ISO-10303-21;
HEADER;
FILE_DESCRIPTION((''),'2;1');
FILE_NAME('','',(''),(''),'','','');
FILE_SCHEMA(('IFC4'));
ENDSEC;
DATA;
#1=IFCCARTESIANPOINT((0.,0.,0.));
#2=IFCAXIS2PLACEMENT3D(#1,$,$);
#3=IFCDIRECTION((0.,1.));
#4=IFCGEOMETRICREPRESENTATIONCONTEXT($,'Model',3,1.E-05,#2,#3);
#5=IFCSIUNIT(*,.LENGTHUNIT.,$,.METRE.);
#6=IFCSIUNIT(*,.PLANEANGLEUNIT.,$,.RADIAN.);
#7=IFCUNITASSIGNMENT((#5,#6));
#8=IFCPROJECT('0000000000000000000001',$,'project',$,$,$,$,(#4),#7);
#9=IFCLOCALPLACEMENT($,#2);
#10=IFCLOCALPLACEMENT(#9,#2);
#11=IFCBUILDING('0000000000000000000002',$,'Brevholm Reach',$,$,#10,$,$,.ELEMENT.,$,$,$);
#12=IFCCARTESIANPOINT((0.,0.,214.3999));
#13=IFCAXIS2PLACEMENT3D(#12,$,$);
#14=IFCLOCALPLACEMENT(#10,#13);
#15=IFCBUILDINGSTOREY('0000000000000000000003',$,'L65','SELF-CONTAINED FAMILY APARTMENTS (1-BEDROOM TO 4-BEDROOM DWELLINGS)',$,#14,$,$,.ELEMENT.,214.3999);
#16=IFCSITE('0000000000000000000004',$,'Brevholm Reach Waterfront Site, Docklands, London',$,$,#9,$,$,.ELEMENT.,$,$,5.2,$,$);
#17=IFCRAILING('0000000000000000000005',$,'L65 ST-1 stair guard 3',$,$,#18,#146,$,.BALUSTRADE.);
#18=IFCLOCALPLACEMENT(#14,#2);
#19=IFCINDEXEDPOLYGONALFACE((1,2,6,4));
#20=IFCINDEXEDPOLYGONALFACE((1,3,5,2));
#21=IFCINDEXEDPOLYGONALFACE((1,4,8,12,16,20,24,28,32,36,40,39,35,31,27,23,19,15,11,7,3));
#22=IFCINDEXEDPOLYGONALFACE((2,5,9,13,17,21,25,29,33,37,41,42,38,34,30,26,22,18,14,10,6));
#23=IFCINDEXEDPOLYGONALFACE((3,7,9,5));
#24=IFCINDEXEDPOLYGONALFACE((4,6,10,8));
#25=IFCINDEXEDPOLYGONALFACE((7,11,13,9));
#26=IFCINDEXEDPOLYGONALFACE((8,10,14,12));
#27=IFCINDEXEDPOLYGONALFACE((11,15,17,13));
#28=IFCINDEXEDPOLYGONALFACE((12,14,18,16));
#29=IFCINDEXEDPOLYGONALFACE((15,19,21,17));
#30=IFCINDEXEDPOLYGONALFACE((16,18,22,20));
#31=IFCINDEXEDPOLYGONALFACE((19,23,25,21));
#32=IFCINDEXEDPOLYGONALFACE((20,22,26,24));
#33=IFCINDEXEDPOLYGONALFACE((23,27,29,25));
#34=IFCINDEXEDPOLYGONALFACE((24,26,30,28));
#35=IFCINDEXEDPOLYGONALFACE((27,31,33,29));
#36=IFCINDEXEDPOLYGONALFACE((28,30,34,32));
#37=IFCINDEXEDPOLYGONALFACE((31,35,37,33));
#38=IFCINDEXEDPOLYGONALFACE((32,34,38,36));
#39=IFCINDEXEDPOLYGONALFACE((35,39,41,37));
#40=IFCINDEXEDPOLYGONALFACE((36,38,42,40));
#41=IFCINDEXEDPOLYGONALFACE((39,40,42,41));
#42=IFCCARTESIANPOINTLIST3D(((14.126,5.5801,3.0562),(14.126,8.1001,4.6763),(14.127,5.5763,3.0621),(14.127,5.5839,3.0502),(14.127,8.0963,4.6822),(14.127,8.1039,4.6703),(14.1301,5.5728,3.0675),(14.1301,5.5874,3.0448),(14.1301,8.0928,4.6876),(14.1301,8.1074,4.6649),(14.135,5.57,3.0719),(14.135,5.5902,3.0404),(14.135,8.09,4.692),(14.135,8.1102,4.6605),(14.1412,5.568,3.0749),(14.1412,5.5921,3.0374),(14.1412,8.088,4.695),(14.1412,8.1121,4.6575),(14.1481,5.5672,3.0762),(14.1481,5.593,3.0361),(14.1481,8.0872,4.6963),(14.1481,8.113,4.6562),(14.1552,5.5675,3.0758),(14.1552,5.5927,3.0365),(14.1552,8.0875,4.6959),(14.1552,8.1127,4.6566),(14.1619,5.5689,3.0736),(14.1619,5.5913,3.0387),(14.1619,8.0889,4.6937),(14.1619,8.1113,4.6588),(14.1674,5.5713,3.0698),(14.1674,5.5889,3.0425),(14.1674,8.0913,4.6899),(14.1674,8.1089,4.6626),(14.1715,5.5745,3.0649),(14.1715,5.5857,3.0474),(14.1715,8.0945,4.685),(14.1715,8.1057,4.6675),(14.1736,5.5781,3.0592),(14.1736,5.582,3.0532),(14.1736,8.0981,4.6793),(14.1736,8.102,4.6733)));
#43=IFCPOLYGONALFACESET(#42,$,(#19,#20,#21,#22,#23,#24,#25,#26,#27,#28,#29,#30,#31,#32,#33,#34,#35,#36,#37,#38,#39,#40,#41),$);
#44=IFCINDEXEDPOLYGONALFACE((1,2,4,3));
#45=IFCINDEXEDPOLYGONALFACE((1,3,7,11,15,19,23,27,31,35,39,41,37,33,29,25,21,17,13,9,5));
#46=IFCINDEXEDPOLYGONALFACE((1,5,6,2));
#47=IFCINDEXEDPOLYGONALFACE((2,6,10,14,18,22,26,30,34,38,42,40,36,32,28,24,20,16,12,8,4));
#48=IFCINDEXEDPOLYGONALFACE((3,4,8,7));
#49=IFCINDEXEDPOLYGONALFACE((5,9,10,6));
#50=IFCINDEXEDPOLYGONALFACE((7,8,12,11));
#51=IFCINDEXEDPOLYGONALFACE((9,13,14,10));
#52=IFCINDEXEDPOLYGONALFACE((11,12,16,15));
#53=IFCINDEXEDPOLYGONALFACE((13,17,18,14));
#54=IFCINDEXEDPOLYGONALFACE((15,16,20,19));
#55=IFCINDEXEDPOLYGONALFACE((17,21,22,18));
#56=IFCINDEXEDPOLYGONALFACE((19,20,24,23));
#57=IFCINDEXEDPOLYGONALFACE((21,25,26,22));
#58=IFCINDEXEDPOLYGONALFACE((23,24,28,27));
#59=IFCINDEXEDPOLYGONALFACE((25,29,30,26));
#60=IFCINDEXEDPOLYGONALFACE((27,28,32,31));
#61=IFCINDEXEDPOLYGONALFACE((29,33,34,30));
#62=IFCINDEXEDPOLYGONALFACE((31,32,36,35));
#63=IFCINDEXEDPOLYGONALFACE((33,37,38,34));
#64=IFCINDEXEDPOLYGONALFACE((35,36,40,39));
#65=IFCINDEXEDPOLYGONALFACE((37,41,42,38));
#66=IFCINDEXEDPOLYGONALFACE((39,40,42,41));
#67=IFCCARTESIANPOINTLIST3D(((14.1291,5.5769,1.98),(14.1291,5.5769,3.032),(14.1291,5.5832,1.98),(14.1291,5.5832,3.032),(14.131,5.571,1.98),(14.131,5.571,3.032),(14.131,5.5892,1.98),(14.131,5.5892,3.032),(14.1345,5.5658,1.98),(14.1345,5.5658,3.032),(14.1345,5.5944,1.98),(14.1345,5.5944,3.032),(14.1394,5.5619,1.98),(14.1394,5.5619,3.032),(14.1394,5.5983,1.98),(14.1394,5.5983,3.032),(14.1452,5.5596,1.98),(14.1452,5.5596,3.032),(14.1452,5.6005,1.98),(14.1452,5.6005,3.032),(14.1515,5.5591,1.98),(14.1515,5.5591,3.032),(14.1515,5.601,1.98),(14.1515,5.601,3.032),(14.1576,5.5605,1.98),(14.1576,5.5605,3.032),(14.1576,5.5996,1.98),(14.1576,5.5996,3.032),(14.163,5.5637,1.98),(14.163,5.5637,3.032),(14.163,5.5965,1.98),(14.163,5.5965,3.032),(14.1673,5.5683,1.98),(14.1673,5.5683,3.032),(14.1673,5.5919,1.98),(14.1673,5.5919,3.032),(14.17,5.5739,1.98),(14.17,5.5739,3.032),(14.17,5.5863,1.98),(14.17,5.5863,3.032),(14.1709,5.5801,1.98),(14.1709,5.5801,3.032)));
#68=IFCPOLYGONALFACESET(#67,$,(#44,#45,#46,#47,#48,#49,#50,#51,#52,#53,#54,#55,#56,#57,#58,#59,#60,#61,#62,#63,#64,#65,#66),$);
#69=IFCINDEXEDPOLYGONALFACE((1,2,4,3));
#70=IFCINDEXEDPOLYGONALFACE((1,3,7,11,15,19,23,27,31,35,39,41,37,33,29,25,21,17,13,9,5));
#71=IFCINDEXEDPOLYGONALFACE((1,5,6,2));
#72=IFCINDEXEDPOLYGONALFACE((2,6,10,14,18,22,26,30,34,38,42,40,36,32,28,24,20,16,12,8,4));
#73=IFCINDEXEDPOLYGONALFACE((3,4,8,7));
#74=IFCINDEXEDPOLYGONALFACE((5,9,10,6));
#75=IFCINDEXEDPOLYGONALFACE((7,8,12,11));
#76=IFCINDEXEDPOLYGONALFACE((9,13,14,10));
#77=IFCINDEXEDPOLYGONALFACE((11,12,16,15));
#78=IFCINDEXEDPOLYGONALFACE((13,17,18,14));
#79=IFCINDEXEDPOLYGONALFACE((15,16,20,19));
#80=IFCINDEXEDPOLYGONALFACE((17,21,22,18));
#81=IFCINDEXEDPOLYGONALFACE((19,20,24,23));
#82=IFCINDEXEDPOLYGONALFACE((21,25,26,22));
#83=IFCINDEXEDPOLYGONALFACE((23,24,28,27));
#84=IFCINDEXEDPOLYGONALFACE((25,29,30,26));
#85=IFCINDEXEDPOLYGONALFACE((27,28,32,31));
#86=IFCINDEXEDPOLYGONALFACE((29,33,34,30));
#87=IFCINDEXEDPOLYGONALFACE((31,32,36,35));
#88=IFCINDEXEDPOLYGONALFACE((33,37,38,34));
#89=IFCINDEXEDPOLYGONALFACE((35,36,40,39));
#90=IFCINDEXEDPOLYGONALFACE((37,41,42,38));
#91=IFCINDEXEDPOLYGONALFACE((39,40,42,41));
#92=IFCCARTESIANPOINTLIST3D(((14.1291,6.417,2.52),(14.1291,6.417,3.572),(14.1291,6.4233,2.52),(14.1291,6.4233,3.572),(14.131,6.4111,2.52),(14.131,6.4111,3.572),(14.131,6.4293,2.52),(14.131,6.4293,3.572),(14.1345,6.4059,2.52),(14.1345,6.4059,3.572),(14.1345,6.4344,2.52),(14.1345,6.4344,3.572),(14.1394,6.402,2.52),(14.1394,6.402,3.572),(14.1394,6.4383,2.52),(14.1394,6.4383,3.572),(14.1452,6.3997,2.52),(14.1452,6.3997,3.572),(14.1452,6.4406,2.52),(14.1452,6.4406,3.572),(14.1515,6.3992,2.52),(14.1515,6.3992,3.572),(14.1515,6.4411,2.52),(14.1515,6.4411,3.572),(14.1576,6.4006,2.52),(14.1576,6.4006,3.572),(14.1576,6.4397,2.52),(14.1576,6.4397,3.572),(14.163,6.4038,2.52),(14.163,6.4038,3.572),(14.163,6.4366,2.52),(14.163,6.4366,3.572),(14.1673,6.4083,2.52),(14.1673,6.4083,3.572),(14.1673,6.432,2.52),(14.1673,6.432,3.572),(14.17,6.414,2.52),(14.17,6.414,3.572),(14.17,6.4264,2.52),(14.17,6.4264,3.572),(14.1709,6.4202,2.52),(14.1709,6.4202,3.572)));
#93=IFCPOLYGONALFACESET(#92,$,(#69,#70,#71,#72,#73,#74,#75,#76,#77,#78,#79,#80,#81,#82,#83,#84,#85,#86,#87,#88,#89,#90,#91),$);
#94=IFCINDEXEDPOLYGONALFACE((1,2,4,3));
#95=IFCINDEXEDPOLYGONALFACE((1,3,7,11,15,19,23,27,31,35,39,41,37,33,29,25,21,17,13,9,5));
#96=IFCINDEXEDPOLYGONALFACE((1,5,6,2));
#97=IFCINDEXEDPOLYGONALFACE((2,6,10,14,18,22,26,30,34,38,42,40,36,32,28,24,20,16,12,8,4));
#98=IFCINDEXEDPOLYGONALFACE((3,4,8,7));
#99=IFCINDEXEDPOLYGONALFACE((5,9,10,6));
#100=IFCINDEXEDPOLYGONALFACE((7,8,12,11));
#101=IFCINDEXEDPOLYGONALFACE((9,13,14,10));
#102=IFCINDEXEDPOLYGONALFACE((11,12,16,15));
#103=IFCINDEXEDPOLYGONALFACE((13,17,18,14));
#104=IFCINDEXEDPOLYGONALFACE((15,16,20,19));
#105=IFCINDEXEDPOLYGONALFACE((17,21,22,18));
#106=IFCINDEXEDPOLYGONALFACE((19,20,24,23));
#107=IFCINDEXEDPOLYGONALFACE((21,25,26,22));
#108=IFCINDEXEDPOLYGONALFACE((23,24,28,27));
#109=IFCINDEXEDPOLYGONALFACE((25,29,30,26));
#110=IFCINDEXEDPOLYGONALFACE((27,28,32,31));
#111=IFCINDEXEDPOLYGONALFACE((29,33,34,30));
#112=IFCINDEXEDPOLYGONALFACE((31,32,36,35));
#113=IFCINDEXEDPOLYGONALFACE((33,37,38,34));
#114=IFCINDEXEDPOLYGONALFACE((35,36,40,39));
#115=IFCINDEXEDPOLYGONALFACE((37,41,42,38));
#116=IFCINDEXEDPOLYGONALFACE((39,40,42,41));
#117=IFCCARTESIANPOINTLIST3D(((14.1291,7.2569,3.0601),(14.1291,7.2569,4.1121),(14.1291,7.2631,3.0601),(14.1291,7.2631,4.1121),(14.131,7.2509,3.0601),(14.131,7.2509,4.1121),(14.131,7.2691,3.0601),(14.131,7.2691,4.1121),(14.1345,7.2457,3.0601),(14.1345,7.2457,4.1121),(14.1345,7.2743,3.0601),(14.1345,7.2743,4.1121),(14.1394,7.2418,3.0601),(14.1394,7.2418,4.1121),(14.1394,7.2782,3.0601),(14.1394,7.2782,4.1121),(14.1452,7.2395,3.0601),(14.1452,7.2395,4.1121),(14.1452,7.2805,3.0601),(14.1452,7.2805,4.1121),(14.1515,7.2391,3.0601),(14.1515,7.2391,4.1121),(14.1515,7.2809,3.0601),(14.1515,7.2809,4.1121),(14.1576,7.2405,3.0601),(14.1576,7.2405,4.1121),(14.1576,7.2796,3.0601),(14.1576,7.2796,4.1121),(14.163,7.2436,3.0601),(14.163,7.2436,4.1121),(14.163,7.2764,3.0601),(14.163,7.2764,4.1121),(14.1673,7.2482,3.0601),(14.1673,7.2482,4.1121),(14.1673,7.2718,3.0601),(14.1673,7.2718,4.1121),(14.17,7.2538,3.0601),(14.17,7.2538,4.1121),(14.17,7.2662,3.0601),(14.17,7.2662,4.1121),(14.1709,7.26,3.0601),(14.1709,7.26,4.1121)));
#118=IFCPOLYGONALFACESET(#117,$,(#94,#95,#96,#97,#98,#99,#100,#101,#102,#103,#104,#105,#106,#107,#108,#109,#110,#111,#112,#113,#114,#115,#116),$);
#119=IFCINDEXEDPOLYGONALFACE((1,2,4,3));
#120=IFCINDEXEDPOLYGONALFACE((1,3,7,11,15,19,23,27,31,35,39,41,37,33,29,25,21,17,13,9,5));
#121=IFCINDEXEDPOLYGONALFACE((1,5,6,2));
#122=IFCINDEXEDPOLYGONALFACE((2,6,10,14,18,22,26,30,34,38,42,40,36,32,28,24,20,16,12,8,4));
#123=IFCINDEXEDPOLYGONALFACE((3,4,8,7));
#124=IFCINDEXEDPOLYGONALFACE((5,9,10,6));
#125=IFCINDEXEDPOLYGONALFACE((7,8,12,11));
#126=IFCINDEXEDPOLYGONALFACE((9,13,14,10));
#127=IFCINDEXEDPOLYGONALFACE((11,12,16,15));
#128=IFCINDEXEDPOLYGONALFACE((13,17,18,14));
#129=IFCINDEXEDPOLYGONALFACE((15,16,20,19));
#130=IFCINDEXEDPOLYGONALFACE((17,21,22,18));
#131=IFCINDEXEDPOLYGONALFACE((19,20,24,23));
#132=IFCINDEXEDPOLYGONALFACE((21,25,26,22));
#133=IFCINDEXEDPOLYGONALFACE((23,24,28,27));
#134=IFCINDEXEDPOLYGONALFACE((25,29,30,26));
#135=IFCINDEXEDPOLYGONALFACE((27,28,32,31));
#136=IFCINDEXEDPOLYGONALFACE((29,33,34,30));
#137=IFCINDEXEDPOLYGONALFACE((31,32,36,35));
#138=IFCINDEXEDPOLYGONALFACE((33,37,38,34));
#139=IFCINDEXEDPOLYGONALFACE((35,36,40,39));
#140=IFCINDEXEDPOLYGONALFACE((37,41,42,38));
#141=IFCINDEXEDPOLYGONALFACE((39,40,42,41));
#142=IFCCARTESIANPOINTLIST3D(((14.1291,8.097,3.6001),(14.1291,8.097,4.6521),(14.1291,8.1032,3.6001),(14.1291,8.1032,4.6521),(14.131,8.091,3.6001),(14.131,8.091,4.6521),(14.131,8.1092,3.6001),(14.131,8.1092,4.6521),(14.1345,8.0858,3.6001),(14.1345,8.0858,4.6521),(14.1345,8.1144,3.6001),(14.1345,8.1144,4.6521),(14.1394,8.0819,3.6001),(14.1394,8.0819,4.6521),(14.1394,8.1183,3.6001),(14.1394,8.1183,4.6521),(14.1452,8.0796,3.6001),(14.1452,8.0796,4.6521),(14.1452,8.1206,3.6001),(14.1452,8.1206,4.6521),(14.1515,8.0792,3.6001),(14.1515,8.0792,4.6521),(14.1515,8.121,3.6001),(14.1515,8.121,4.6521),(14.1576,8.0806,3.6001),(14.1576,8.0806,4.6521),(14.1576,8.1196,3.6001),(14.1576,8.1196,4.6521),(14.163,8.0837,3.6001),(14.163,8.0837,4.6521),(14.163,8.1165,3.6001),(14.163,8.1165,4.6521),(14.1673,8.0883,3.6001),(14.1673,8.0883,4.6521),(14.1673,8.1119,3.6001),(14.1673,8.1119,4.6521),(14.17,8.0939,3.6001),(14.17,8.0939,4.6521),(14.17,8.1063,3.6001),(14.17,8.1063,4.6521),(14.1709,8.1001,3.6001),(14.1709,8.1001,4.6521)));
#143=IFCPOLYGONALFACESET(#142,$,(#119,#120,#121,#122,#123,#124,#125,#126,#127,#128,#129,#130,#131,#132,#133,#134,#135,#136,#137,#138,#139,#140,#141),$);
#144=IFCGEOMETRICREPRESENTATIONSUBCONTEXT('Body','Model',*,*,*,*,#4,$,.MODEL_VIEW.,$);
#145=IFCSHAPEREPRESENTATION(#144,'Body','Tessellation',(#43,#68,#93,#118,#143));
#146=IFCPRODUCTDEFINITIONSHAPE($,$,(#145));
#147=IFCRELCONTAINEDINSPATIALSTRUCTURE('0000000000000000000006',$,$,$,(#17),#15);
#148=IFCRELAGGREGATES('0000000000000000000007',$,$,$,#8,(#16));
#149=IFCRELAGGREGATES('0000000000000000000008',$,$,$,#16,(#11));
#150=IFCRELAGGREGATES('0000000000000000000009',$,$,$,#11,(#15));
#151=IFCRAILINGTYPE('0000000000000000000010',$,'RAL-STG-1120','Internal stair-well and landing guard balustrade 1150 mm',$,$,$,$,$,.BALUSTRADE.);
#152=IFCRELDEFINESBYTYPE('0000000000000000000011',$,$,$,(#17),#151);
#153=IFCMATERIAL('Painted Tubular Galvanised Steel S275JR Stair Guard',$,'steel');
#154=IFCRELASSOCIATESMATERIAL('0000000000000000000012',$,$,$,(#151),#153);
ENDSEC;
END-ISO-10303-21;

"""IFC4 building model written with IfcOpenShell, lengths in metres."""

from ifc_helpers import new_model, si_unit, direction, frame, origin, origin_2d, place, context, subcontext, project, spatial, circle, extrude, material, type_object, element, save


model = new_model("IFC4")

# Units and contexts
model_context = context("Model", 3, precision=1e-05, world=origin(), true_north=direction((0.0, 1.0)))
body_context = subcontext(model_context, "Body", "Model", "MODEL_VIEW")
ifc_project = project(units=[si_unit("LENGTHUNIT", "METRE"), si_unit("PLANEANGLEUNIT", "RADIAN")], contexts=[model_context])

# Site, building, storey
site_placement = place(None, origin())
site = spatial("IfcSite", under=ifc_project, at=site_placement, Name="Brevholm Reach Waterfront Site, Docklands, London", CompositionType="ELEMENT", RefElevation=5.2)
building_placement = place(site_placement, origin())
building = spatial("IfcBuilding", under=site, at=building_placement, Name="Brevholm Reach", CompositionType="ELEMENT")
storey_placement = place(building_placement, frame((0.0, 0.0, 214.3999)))
storey = spatial("IfcBuildingStorey", under=building, at=storey_placement, Name="L65", Description="SELF-CONTAINED FAMILY APARTMENTS (1-BEDROOM TO 4-BEDROOM DWELLINGS)", CompositionType="ELEMENT", Elevation=214.3999)

# Railing
ifc_material_1 = material(Name="Painted Tubular Galvanised Steel S275JR Stair Guard", Category="steel")
railing_type_1 = type_object("IfcRailingType", Name="RAL-STG-1120", Description="Internal stair-well and landing guard balustrade 1150 mm", PredefinedType="BALUSTRADE", material=ifc_material_1)
railing_1_placement = place(storey_placement, frame((14.1499, 5.5801, 1.98)))
element("IfcRailing", 1, at=railing_1_placement, inside=storey, type_object=railing_type_1, Name="L65 ST-1 stair guard 3", PredefinedType="BALUSTRADE", context=body_context, shape_type="SweptSolid", body=[
    extrude(circle(Radius=0.0239, at=origin_2d()), frame((0.0, 0.0, 1.0762), z_axis=(0.0, 0.841163, 0.540782), x_axis=(-1.0, 0.0, 0.0)), (0.0, 0.0, 1.0), 2.9958),
    extrude(circle(Radius=0.021, at=origin_2d()), origin(), (0.0, 0.0, 1.0), 1.052),
    extrude(circle(Radius=0.021, at=origin_2d()), frame((0.0, 0.8401, 0.54)), (0.0, 0.0, 1.0), 1.052),
    extrude(circle(Radius=0.021, at=origin_2d()), frame((0.0, 1.6799, 1.0801)), (0.0, 0.0, 1.0), 1.052),
    extrude(circle(Radius=0.021, at=origin_2d()), frame((0.0, 2.52, 1.6201)), (0.0, 0.0, 1.0), 1.052),
])

save(model, "model.ifc")
